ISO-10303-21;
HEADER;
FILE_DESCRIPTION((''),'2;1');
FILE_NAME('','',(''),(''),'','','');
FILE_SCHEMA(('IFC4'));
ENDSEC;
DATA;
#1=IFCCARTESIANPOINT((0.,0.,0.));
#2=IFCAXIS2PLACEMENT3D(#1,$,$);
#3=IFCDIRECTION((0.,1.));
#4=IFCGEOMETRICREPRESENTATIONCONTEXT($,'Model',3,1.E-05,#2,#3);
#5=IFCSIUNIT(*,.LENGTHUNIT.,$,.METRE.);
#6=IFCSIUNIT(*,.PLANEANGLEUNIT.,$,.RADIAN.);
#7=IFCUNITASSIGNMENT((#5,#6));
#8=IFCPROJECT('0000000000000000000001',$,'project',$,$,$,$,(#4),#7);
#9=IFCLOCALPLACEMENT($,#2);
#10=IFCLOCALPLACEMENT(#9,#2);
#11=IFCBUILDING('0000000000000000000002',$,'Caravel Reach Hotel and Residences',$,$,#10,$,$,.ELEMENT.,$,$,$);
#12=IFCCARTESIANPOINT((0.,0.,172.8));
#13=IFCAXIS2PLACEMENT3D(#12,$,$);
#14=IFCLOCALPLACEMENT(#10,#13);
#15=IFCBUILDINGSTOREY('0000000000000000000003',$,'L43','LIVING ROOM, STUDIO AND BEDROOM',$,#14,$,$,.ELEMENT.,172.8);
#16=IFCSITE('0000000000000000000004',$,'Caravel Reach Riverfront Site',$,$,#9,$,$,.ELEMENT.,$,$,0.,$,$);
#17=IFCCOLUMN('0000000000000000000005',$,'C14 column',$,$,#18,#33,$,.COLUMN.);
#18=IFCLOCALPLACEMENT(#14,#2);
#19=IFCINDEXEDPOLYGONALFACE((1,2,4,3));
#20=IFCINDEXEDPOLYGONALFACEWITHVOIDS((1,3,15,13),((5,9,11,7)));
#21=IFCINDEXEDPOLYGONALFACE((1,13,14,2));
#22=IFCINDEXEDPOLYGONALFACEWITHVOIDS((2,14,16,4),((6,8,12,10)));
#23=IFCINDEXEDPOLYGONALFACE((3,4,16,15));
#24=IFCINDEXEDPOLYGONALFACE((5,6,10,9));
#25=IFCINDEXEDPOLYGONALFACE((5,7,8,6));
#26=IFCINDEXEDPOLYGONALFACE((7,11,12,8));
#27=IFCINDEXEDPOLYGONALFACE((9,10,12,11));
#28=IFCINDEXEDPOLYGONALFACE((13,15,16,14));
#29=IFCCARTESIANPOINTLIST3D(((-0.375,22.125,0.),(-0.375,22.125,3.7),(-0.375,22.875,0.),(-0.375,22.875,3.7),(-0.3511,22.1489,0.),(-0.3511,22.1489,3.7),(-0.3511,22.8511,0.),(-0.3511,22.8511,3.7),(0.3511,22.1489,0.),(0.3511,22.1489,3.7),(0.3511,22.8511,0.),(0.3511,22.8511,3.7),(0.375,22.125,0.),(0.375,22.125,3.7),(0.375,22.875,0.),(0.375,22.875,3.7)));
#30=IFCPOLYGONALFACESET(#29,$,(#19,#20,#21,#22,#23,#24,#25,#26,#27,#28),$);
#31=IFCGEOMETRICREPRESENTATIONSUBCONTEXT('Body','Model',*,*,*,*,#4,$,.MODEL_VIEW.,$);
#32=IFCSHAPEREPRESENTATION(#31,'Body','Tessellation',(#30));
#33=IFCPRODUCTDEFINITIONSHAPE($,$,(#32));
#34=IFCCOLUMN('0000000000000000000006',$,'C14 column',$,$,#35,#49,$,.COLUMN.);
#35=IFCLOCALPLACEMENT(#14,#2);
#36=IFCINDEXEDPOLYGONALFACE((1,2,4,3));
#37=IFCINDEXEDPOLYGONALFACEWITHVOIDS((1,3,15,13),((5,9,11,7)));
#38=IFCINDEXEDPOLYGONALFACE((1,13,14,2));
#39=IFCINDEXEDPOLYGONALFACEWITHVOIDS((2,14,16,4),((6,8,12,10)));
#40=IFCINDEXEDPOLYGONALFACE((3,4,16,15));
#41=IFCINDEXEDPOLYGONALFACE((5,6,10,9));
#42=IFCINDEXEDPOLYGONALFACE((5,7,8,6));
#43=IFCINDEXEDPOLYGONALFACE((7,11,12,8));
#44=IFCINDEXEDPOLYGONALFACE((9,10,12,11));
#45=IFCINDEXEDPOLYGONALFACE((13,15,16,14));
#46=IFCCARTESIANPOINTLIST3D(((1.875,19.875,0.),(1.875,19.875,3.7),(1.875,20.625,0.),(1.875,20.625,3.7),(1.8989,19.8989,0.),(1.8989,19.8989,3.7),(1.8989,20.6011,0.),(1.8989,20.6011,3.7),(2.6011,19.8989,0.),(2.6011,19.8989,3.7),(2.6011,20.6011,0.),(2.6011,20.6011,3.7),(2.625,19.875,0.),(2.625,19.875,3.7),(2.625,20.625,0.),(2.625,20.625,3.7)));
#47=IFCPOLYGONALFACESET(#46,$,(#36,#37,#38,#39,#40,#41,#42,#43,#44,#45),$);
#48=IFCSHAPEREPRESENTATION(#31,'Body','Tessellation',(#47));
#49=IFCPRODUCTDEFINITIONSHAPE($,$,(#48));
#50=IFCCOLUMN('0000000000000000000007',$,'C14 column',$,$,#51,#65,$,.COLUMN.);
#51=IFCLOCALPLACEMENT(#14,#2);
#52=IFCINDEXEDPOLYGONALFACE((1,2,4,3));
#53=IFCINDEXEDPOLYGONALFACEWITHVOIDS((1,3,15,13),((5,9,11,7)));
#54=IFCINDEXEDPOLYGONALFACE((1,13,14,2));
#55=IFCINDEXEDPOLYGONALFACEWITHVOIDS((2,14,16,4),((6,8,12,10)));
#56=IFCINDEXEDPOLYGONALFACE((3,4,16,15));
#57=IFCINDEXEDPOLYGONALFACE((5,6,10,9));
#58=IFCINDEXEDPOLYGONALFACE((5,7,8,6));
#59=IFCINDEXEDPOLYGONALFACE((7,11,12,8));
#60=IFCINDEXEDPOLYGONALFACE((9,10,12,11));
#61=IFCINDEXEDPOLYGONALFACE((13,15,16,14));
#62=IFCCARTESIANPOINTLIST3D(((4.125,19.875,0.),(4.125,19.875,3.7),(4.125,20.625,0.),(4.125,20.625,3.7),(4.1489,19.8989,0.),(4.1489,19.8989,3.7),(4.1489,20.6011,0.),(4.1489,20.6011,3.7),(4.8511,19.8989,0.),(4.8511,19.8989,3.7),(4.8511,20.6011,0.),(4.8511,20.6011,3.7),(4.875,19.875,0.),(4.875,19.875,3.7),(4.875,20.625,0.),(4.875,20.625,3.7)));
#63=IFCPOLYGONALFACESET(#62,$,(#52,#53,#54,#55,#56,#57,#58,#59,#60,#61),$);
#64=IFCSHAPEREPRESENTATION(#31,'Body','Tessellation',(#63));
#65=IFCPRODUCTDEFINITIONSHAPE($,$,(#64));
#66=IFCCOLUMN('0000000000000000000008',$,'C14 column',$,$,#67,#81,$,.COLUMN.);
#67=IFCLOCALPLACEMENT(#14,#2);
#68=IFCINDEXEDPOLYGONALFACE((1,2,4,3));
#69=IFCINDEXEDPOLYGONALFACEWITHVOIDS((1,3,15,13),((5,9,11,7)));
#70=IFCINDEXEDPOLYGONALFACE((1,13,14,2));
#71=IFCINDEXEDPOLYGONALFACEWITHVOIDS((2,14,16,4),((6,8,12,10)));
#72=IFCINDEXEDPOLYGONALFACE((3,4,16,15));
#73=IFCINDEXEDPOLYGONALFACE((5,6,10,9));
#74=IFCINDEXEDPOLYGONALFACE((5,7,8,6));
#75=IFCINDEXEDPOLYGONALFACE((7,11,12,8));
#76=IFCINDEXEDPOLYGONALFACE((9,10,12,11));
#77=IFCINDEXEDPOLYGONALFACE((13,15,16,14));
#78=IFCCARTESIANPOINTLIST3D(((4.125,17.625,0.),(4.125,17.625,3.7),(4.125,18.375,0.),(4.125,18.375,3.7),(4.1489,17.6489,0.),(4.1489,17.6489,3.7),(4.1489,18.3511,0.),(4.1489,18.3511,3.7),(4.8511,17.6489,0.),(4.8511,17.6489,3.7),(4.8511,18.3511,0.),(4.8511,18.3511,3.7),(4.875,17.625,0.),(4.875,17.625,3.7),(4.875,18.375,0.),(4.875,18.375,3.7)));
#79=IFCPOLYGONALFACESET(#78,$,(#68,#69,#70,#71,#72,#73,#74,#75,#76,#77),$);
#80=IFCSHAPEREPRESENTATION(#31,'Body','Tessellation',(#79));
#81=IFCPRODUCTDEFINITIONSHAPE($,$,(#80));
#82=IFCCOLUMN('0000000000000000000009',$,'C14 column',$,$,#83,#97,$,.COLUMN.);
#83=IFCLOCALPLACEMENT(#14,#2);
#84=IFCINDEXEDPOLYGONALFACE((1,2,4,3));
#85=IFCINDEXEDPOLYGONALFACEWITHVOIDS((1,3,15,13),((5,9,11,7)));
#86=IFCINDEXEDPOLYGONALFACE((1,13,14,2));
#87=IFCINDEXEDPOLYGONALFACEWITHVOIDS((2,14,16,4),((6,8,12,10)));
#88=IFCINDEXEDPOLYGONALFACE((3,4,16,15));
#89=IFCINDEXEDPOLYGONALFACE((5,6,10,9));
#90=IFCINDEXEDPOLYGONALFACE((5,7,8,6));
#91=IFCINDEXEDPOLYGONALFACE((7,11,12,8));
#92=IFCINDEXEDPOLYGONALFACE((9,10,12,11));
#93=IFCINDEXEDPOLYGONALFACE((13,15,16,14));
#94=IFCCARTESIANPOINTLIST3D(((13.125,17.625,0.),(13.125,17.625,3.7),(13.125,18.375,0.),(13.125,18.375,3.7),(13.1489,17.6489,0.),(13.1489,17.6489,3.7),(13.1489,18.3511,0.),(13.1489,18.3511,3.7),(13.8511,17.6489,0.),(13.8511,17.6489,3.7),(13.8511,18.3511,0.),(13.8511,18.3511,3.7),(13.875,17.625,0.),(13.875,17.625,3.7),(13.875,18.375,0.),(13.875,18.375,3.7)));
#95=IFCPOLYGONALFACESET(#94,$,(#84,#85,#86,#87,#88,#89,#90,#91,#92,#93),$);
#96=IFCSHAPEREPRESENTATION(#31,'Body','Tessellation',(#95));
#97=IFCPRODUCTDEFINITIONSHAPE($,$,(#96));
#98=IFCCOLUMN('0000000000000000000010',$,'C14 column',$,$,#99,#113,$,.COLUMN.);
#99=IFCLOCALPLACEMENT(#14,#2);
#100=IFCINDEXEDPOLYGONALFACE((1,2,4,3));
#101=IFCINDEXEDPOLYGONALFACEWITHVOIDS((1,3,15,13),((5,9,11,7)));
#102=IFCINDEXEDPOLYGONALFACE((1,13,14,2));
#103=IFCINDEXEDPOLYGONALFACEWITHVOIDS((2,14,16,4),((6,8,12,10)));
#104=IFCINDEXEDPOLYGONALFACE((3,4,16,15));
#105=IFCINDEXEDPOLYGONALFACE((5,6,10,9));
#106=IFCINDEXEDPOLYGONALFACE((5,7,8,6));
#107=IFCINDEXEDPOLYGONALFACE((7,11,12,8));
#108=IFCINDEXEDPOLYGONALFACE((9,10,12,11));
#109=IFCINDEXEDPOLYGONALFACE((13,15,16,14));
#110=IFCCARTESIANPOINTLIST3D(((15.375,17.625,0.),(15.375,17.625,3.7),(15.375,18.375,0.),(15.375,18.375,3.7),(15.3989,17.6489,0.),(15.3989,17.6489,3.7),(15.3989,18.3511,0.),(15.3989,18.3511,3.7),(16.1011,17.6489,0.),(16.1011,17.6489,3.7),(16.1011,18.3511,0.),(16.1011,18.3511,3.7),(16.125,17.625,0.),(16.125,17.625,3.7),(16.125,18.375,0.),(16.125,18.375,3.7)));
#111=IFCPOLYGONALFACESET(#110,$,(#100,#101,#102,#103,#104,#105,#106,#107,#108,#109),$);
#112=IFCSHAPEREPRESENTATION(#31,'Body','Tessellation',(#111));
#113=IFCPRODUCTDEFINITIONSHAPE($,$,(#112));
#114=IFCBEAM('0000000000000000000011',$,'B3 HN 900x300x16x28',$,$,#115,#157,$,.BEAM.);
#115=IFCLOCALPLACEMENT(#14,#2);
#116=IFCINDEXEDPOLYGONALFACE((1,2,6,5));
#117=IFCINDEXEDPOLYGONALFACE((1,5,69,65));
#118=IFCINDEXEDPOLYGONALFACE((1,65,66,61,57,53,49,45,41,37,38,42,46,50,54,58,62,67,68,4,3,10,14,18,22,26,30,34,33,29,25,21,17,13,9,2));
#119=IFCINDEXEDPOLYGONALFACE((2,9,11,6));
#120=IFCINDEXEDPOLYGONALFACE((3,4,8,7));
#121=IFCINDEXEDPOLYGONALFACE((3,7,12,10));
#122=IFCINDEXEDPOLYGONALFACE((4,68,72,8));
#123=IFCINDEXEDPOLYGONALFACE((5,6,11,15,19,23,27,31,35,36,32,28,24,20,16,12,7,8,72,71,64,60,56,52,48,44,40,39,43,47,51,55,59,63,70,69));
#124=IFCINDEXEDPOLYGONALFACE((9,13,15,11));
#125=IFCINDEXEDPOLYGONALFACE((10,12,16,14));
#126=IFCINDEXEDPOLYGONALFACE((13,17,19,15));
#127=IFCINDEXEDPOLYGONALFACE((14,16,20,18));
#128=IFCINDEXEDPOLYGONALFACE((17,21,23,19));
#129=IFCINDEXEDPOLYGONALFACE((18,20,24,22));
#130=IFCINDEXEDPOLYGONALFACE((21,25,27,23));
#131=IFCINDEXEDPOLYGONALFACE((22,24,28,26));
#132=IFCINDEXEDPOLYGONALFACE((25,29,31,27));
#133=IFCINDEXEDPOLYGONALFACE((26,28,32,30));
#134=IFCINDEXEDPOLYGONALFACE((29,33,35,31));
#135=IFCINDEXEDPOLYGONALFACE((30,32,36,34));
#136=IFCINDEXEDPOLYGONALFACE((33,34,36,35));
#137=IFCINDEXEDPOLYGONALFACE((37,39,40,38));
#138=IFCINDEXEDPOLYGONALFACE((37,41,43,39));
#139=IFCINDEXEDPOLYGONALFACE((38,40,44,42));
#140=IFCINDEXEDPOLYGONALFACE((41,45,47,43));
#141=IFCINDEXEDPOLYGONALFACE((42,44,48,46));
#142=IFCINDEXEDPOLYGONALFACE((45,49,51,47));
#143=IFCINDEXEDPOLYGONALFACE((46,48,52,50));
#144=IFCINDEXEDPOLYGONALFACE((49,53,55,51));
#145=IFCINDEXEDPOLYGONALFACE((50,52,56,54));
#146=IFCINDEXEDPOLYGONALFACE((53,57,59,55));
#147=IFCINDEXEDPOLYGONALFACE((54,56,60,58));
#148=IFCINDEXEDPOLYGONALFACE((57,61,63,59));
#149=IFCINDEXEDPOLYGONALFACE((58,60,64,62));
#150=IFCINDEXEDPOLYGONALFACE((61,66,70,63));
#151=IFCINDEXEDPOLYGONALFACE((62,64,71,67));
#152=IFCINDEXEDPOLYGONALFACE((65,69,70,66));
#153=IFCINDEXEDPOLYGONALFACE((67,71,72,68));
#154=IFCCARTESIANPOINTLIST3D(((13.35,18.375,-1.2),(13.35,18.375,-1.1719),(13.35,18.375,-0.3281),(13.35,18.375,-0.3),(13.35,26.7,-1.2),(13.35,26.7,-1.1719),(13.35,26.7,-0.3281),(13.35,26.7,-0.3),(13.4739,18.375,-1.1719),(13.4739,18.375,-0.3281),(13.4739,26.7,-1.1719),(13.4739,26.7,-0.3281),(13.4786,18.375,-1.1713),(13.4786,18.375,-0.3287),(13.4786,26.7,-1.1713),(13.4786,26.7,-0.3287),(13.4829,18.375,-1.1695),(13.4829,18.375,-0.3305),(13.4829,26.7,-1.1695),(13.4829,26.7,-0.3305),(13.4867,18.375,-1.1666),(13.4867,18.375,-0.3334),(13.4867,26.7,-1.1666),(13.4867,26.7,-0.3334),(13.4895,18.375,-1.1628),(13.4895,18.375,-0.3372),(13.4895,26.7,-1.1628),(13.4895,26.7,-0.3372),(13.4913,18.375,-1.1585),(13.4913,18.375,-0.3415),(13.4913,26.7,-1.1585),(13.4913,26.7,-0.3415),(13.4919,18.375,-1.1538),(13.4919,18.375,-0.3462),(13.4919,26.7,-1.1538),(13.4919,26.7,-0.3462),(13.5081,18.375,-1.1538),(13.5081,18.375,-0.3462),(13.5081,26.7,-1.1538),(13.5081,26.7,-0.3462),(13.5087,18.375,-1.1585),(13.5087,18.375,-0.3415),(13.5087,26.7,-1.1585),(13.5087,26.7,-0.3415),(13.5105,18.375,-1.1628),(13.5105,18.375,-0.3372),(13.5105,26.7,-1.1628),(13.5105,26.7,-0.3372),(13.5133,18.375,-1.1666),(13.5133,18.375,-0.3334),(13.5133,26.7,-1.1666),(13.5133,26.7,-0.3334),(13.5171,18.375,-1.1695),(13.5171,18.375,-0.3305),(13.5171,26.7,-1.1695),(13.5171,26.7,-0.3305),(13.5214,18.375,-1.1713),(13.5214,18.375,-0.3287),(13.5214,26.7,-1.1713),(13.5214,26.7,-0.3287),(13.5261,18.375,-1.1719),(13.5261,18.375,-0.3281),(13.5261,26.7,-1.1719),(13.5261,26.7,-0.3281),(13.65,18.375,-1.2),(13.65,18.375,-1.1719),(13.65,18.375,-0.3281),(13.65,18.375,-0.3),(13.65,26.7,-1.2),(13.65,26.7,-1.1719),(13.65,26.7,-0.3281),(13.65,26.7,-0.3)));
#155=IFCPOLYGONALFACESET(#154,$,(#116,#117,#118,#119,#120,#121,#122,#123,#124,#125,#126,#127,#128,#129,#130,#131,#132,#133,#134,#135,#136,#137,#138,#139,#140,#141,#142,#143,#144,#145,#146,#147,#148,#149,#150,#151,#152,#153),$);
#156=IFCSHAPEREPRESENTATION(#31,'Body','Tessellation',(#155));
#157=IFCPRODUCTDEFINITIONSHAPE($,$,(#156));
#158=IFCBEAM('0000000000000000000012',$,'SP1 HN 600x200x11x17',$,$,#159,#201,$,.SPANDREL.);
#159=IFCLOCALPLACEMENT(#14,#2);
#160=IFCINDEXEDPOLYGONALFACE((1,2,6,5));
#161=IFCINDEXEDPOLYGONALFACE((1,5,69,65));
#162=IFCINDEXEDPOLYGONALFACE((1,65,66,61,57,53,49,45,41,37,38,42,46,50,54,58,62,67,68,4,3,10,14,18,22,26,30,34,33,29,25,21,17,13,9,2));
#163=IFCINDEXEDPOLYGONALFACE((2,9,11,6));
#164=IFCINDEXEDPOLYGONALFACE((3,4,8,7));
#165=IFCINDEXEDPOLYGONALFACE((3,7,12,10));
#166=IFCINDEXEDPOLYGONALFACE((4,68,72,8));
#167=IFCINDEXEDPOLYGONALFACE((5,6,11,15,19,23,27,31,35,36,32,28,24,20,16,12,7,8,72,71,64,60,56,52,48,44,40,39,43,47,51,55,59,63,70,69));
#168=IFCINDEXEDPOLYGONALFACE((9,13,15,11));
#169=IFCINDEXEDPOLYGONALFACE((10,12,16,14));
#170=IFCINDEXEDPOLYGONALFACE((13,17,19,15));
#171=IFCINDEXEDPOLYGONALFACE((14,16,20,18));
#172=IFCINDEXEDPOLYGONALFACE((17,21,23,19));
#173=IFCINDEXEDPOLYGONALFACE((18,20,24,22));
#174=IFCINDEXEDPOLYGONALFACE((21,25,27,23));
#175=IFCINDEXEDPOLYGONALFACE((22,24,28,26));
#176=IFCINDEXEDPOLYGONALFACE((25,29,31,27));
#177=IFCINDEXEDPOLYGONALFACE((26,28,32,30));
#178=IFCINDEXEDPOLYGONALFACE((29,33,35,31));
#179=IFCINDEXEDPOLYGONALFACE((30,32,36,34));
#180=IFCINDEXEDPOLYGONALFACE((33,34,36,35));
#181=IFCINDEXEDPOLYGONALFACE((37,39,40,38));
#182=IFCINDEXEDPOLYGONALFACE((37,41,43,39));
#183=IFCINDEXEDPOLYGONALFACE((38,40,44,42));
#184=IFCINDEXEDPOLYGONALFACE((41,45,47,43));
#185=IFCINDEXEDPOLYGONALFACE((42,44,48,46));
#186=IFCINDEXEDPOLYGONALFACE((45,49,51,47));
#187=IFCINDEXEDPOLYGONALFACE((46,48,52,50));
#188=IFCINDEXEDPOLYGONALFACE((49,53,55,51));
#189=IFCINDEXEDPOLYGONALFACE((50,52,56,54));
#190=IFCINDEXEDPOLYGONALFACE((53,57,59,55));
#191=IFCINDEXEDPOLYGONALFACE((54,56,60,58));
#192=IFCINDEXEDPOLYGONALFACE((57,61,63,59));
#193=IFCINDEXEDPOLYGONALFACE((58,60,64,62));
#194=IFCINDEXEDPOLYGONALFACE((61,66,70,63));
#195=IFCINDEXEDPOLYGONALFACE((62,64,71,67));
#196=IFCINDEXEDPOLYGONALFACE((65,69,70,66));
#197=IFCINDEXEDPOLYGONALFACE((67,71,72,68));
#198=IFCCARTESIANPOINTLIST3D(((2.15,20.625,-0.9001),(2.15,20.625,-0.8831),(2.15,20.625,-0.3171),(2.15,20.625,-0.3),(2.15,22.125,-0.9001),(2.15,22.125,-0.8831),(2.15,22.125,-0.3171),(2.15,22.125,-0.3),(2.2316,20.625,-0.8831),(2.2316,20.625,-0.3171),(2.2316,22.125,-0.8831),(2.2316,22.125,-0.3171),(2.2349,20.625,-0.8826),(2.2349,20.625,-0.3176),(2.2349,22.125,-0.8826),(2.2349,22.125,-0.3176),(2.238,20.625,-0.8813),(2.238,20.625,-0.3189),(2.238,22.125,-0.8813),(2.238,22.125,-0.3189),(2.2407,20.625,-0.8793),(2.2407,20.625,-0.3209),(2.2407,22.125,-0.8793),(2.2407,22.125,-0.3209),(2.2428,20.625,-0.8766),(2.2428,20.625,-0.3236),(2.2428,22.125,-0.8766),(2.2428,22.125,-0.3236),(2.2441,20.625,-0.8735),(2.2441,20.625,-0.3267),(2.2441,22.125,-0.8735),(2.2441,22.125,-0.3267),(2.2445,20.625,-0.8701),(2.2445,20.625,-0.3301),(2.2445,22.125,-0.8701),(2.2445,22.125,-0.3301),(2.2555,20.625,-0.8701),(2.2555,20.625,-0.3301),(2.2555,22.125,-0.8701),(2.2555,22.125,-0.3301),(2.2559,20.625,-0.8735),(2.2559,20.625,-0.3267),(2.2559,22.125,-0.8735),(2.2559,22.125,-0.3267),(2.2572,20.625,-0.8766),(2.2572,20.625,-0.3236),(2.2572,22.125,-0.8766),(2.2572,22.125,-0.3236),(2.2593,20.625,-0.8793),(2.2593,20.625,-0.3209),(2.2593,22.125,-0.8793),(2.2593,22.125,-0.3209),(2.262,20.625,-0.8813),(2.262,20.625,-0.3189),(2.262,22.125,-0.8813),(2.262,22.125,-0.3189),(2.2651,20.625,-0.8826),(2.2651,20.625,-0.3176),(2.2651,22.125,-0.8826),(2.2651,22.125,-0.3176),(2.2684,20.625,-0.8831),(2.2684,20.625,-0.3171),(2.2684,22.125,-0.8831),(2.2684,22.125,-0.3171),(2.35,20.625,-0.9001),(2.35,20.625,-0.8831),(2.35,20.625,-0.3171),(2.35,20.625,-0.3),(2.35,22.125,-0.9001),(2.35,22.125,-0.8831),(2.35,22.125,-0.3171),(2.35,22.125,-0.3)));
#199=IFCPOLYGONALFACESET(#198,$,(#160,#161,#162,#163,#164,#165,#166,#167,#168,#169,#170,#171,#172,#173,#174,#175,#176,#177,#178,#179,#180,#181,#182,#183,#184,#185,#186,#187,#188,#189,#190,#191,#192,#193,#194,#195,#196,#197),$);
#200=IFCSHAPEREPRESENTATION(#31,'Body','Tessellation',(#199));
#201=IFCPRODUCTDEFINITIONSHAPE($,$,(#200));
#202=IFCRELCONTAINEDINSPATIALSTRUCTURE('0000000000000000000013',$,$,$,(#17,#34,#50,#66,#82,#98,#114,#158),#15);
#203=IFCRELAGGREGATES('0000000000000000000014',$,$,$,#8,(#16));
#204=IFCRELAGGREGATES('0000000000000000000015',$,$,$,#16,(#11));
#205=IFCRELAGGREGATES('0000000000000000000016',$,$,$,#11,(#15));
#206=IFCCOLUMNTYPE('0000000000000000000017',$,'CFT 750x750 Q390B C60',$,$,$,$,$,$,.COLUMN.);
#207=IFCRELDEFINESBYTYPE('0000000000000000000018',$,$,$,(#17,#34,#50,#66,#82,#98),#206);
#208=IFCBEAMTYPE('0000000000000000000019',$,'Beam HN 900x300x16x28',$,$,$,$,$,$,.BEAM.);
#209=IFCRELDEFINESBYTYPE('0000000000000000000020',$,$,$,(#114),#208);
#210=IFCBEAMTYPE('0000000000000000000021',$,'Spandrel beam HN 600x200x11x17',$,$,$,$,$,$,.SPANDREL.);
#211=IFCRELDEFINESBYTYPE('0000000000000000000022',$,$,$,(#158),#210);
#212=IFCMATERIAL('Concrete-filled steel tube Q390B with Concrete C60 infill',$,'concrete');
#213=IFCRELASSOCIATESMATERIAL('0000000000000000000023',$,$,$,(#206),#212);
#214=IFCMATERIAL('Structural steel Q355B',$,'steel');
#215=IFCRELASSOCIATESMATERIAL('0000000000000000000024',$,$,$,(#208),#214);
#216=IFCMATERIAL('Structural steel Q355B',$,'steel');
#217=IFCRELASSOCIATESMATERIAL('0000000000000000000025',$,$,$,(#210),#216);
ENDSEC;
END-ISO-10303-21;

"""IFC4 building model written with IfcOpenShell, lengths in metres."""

from ifc_helpers import new_model, si_unit, direction, frame, origin, origin_2d, place, context, subcontext, project, spatial, hollow_rectangle, i_section, extrude, material, material_profile, profile_set, type_object, element, save


model = new_model("IFC4")

# Units and contexts
model_context = context("Model", 3, precision=1e-05, world=origin(), true_north=direction((0.0, 1.0)))
body_context = subcontext(model_context, "Body", "Model", "MODEL_VIEW")
ifc_project = project(units=[si_unit("LENGTHUNIT", "METRE"), si_unit("PLANEANGLEUNIT", "RADIAN")], contexts=[model_context])

# Site, building, storey
site_placement = place(None, origin())
site = spatial("IfcSite", under=ifc_project, at=site_placement, Name="Caravel Reach Riverfront Site", CompositionType="ELEMENT", RefElevation=0.0)
building_placement = place(site_placement, origin())
building = spatial("IfcBuilding", under=site, at=building_placement, Name="Caravel Reach Hotel and Residences", CompositionType="ELEMENT")
storey_placement = place(building_placement, frame((0.0, 0.0, 172.8)))
storey = spatial("IfcBuildingStorey", under=building, at=storey_placement, Name="L43", Description="LIVING ROOM, STUDIO AND BEDROOM", CompositionType="ELEMENT", Elevation=172.8)

# Columns
ifc_material_1 = material(Name="Concrete-filled steel tube Q390B with Concrete C60 infill", Category="concrete")
ifc_material_profile_1 = material_profile(ifc_material_1, hollow_rectangle(XDim=0.75, YDim=0.75, WallThickness=0.0239, at=origin_2d()), Name="RHS 750x750x24")
ifc_profile_set_1 = profile_set([ifc_material_profile_1], Name="Concrete-filled steel tube Q390B with Concrete C60 infill")
column_type = type_object("IfcColumnType", Name="CFT 750x750 Q390B C60", PredefinedType="COLUMN", material=ifc_profile_set_1)
for number, where, z_axis, x_axis, name in (
    (1, (0.0, 22.5, 0.0), (0.0, 0.0, 1.0), (1.0, 0.0, 0.0), "C14 column"),
    (2, (2.25, 20.25, 0.0), (0.0, 0.0, 1.0), (1.0, 0.0, 0.0), "C14 column"),
    (3, (4.5, 20.25, 0.0), (0.0, 0.0, 1.0), (1.0, 0.0, 0.0), "C14 column"),
    (4, (4.5, 18.0, 0.0), (0.0, 0.0, 1.0), (1.0, 0.0, 0.0), "C14 column"),
    (5, (13.5, 18.0, 0.0), (0.0, 0.0, 1.0), (1.0, 0.0, 0.0), "C14 column"),
    (6, (15.75, 18.0, 0.0), (0.0, 0.0, 1.0), (1.0, 0.0, 0.0), "C14 column"),
):
    element("IfcColumn", number, at=place(storey_placement, frame(where, z_axis=z_axis, x_axis=x_axis)), inside=storey, type_object=column_type, Name=name, PredefinedType="COLUMN", context=body_context, shape_type="SweptSolid", body=[
        extrude(hollow_rectangle(XDim=0.75, YDim=0.75, WallThickness=0.0239, at=origin_2d()), origin(), (0.0, 0.0, 1.0), 3.7),
    ])

# Beams
ifc_material_2 = material(Name="Structural steel Q355B", Category="steel")
ifc_material_profile_2 = material_profile(ifc_material_2, i_section(OverallWidth=0.3, OverallDepth=0.8999, WebThickness=0.0161, FlangeThickness=0.0281, FilletRadius=0.0181, at=origin_2d()), Name="HN 900x300x16x28")
ifc_profile_set_2 = profile_set([ifc_material_profile_2], Name="Structural steel Q355B")
beam_type_1 = type_object("IfcBeamType", Name="Beam HN 900x300x16x28", PredefinedType="BEAM", material=ifc_profile_set_2)
beam_1_placement = place(storey_placement, frame((13.5, 18.375, -0.75), z_axis=(0.0, 1.0, 0.0), x_axis=(-1.0, 0.0, 0.0)))
element("IfcBeam", 7, at=beam_1_placement, inside=storey, type_object=beam_type_1, Name="B3 HN 900x300x16x28", PredefinedType="BEAM", context=body_context, shape_type="SweptSolid", body=[
    extrude(i_section(OverallWidth=0.3, OverallDepth=0.8999, WebThickness=0.0161, FlangeThickness=0.0281, FilletRadius=0.0181, at=origin_2d()), origin(), (0.0, 0.0, 1.0), 8.325),
])
ifc_material_3 = material(Name="Structural steel Q355B", Category="steel")
ifc_material_profile_3 = material_profile(ifc_material_3, i_section(OverallWidth=0.2, OverallDepth=0.6001, WebThickness=0.011, FlangeThickness=0.0171, FilletRadius=0.0129, at=origin_2d()), Name="HN 600x200x11x17")
ifc_profile_set_3 = profile_set([ifc_material_profile_3], Name="Structural steel Q355B")
beam_type_2 = type_object("IfcBeamType", Name="Spandrel beam HN 600x200x11x17", PredefinedType="SPANDREL", material=ifc_profile_set_3)
for number, where, z_axis, x_axis, name in (
    (8, (2.25, 22.125, -0.6001), (0.0, -1.0, 0.0), (1.0, 0.0, 0.0), "SP1 HN 600x200x11x17"),
):
    element("IfcBeam", number, at=place(storey_placement, frame(where, z_axis=z_axis, x_axis=x_axis)), inside=storey, type_object=beam_type_2, Name=name, PredefinedType="SPANDREL", context=body_context, shape_type="SweptSolid", body=[
        extrude(i_section(OverallWidth=0.2, OverallDepth=0.6001, WebThickness=0.011, FlangeThickness=0.0171, FilletRadius=0.0129, at=origin_2d()), origin(), (0.0, 0.0, 1.0), 1.5),
    ])

save(model, "model.ifc")
